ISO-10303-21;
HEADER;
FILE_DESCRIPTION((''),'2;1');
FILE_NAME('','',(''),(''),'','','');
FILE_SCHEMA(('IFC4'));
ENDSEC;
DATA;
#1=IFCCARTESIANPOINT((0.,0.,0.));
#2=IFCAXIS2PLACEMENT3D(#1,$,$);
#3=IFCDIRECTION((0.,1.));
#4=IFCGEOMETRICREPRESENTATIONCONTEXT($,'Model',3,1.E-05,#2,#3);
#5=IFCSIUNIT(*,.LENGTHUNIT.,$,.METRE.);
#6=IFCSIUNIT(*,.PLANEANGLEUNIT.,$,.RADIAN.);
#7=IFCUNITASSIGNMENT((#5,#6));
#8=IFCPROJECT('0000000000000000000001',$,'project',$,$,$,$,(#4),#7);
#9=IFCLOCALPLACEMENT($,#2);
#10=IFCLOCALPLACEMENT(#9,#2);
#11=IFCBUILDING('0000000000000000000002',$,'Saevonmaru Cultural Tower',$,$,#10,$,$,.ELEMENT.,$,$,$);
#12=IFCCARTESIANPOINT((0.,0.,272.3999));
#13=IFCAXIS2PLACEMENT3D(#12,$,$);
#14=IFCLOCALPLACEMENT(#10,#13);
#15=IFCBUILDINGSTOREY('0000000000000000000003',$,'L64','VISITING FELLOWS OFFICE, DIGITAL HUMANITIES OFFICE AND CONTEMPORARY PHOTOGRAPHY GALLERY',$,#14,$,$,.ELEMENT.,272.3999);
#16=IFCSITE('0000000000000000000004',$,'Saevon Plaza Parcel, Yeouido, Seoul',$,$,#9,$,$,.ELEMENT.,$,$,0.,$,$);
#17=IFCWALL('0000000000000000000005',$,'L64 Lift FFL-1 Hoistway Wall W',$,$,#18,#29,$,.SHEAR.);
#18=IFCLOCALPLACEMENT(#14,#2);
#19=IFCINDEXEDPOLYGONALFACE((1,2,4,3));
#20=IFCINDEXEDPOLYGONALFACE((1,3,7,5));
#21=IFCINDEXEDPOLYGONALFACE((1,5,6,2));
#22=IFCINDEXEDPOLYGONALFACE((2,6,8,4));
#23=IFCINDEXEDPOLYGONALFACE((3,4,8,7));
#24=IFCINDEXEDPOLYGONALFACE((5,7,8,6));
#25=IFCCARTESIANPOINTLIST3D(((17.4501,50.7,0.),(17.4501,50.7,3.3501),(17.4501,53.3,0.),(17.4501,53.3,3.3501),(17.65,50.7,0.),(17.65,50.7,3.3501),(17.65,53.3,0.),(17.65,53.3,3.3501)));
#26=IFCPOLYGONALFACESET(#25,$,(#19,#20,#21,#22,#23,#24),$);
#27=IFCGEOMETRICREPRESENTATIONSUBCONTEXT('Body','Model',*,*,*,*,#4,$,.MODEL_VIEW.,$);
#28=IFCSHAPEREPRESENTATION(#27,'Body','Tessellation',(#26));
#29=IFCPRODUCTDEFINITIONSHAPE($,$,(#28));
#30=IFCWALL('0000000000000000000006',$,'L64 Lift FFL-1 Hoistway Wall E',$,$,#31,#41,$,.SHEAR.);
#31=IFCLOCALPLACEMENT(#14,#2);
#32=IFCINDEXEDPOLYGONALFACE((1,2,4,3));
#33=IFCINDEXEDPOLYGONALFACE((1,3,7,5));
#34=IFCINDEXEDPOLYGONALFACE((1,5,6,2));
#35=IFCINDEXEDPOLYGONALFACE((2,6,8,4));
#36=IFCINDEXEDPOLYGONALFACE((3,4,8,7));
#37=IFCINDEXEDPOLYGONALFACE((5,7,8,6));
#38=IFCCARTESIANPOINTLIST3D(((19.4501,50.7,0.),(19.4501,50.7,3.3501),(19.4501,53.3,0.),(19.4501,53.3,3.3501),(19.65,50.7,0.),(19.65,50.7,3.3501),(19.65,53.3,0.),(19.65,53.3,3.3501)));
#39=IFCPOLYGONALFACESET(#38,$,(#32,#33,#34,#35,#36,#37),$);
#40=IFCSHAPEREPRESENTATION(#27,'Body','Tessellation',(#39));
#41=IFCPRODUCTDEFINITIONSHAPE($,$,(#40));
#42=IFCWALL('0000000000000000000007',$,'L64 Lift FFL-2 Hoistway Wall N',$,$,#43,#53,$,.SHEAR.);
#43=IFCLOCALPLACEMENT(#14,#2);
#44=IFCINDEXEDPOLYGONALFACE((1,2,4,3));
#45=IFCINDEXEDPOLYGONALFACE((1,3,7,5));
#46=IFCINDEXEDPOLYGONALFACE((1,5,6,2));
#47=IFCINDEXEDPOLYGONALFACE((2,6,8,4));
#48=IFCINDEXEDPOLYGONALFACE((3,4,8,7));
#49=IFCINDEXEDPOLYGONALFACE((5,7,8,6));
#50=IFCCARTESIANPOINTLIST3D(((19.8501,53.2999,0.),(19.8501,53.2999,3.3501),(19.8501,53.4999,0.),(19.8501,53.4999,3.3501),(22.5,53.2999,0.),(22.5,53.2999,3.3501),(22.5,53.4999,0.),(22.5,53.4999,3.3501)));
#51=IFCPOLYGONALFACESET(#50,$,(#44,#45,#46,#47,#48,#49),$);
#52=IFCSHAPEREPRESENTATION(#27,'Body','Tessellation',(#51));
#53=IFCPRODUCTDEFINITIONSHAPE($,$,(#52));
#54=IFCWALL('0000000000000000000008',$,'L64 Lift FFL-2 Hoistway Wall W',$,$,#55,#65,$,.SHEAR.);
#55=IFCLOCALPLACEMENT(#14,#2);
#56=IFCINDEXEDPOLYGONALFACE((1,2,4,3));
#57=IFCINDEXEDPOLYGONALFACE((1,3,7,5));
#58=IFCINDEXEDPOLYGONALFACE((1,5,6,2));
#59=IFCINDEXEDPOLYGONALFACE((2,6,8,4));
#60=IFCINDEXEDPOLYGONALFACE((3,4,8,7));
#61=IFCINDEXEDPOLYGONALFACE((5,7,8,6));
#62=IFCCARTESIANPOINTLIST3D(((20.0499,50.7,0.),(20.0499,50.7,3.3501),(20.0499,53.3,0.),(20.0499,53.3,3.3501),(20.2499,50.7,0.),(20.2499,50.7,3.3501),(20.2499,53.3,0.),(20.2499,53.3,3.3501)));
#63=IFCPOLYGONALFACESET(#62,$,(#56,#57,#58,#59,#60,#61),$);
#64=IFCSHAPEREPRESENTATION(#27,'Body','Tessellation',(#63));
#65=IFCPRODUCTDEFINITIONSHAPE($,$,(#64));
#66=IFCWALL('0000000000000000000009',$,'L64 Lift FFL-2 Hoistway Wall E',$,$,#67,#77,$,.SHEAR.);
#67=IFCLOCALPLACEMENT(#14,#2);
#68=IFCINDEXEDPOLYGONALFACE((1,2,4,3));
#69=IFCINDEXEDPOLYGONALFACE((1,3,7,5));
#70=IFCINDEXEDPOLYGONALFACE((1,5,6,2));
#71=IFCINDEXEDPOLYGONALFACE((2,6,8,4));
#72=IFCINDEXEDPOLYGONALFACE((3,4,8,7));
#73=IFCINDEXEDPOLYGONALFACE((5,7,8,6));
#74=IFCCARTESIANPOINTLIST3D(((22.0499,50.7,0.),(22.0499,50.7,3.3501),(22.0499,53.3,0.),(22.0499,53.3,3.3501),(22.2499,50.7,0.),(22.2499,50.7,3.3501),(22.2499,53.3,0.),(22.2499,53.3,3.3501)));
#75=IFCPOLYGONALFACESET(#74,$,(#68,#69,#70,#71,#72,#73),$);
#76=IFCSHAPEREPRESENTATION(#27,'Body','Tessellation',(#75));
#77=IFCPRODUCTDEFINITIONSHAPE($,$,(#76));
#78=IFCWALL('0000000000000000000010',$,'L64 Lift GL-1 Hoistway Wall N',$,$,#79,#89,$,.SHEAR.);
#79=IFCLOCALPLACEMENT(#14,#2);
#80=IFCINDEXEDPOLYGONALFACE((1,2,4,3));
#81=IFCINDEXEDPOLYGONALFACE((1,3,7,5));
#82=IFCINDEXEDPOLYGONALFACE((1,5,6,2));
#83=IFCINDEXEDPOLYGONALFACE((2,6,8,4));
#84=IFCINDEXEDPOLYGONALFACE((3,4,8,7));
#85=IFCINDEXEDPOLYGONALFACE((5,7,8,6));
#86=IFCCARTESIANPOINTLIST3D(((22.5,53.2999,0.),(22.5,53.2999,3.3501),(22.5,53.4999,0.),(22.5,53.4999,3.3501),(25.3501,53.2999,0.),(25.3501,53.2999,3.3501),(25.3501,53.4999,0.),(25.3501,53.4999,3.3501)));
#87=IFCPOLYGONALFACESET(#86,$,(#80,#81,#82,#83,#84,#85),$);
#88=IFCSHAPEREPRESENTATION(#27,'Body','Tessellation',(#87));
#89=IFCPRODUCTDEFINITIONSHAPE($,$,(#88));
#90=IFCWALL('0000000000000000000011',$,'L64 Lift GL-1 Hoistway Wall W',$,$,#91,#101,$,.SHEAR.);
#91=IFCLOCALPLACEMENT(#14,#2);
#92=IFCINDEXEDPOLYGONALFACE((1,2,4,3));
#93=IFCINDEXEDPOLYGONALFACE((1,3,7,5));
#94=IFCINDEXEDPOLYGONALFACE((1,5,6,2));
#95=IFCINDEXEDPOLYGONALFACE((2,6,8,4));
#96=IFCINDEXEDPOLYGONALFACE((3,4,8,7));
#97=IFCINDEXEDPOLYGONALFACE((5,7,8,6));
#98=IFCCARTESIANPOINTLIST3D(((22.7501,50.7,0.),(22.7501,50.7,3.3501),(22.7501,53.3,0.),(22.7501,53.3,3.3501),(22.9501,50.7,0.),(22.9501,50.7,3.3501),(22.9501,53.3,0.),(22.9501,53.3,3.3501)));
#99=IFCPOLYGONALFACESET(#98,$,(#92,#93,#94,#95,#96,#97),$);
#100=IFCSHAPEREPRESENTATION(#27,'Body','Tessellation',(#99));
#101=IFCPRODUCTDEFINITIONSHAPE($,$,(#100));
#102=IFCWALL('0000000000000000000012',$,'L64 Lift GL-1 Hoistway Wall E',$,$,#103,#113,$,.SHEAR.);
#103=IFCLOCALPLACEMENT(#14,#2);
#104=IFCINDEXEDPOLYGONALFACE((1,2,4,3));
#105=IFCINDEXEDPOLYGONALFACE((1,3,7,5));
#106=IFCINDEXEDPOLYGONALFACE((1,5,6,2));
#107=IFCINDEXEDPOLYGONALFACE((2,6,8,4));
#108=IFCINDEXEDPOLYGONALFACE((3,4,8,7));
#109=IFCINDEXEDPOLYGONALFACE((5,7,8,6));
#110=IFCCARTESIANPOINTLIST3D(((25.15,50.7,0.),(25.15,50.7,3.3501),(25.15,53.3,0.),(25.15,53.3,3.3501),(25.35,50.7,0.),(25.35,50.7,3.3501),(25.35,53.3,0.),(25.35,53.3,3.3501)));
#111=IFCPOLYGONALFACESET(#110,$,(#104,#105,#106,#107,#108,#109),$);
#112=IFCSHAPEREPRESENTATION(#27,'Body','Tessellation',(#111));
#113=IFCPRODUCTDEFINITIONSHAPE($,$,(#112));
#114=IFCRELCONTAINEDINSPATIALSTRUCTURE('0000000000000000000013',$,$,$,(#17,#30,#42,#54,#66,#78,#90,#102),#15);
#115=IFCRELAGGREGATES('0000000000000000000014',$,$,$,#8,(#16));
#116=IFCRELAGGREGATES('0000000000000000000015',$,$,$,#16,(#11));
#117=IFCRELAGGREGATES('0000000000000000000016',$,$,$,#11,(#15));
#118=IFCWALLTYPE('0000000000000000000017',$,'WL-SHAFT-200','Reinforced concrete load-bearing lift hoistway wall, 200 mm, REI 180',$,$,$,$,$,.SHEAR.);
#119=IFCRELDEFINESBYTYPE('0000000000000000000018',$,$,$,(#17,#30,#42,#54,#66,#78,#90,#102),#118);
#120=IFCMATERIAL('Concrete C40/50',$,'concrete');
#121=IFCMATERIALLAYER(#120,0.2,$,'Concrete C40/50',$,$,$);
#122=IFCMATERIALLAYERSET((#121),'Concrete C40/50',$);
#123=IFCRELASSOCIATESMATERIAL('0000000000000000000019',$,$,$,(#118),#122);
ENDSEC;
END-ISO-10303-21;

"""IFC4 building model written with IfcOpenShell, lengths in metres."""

from ifc_helpers import new_model, si_unit, direction, frame, frame_2d, origin, place, context, subcontext, project, spatial, rectangle, extrude, material, layer, layer_set, type_object, element, save


model = new_model("IFC4")

# Units and contexts
model_context = context("Model", 3, precision=1e-05, world=origin(), true_north=direction((0.0, 1.0)))
body_context = subcontext(model_context, "Body", "Model", "MODEL_VIEW")
ifc_project = project(units=[si_unit("LENGTHUNIT", "METRE"), si_unit("PLANEANGLEUNIT", "RADIAN")], contexts=[model_context])

# Site, building, storey
site_placement = place(None, origin())
site = spatial("IfcSite", under=ifc_project, at=site_placement, Name="Saevon Plaza Parcel, Yeouido, Seoul", CompositionType="ELEMENT", RefElevation=0.0)
building_placement = place(site_placement, origin())
building = spatial("IfcBuilding", under=site, at=building_placement, Name="Saevonmaru Cultural Tower", CompositionType="ELEMENT")
storey_placement = place(building_placement, frame((0.0, 0.0, 272.3999)))
storey = spatial("IfcBuildingStorey", under=building, at=storey_placement, Name="L64", Description="VISITING FELLOWS OFFICE, DIGITAL HUMANITIES OFFICE AND CONTEMPORARY PHOTOGRAPHY GALLERY", CompositionType="ELEMENT", Elevation=272.3999)

# Walls
ifc_material_1 = material(Name="Concrete C40/50", Category="concrete")
ifc_layer_1 = layer(ifc_material_1, 0.2, Name="Concrete C40/50")
ifc_layer_set_1 = layer_set([ifc_layer_1], Name="Concrete C40/50")
wall_type_1 = type_object("IfcWallType", Name="WL-SHAFT-200", Description="Reinforced concrete load-bearing lift hoistway wall, 200 mm, REI 180", PredefinedType="SHEAR", material=ifc_layer_set_1)
for number, where, z_axis, x_axis, name in (
    (1, (17.55, 50.7, 0.0), (0.0, 0.0, 1.0), (0.0, 1.0, 0.0), "L64 Lift FFL-1 Hoistway Wall W"),
    (2, (19.55, 50.7, 0.0), (0.0, 0.0, 1.0), (0.0, 1.0, 0.0), "L64 Lift FFL-1 Hoistway Wall E"),
):
    element("IfcWall", number, at=place(storey_placement, frame(where, z_axis=z_axis, x_axis=x_axis)), inside=storey, type_object=wall_type_1, Name=name, PredefinedType="SHEAR", context=body_context, shape_type="SweptSolid", body=[
        extrude(rectangle(XDim=2.6001, YDim=0.2, at=frame_2d((1.3, 0.0))), origin(), (0.0, 0.0, 1.0), 3.3501),
    ])
wall_1_placement = place(storey_placement, frame((19.8501, 53.3999, 0.0), z_axis=(0.0, 0.0, 1.0), x_axis=(1.0, 0.0, 0.0)))
element("IfcWall", 3, at=wall_1_placement, inside=storey, type_object=wall_type_1, Name="L64 Lift FFL-2 Hoistway Wall N", PredefinedType="SHEAR", context=body_context, shape_type="SweptSolid", body=[
    extrude(rectangle(XDim=2.6499, YDim=0.2, at=frame_2d((1.325, 0.0))), origin(), (0.0, 0.0, 1.0), 3.3501),
])
for number, where, z_axis, x_axis, name in (
    (4, (20.1499, 50.7, 0.0), (0.0, 0.0, 1.0), (0.0, 1.0, 0.0), "L64 Lift FFL-2 Hoistway Wall W"),
    (5, (22.1499, 50.7, 0.0), (0.0, 0.0, 1.0), (0.0, 1.0, 0.0), "L64 Lift FFL-2 Hoistway Wall E"),
):
    element("IfcWall", number, at=place(storey_placement, frame(where, z_axis=z_axis, x_axis=x_axis)), inside=storey, type_object=wall_type_1, Name=name, PredefinedType="SHEAR", context=body_context, shape_type="SweptSolid", body=[
        extrude(rectangle(XDim=2.6001, YDim=0.2, at=frame_2d((1.3, 0.0))), origin(), (0.0, 0.0, 1.0), 3.3501),
    ])
wall_2_placement = place(storey_placement, frame((22.5, 53.3999, 0.0), z_axis=(0.0, 0.0, 1.0), x_axis=(1.0, 0.0, 0.0)))
element("IfcWall", 6, at=wall_2_placement, inside=storey, type_object=wall_type_1, Name="L64 Lift GL-1 Hoistway Wall N", PredefinedType="SHEAR", context=body_context, shape_type="SweptSolid", body=[
    extrude(rectangle(XDim=2.8501, YDim=0.2, at=frame_2d((1.425, 0.0))), origin(), (0.0, 0.0, 1.0), 3.3501),
])
for number, where, z_axis, x_axis, name in (
    (7, (22.8501, 50.7, 0.0), (0.0, 0.0, 1.0), (0.0, 1.0, 0.0), "L64 Lift GL-1 Hoistway Wall W"),
    (8, (25.25, 50.7, 0.0), (0.0, 0.0, 1.0), (0.0, 1.0, 0.0), "L64 Lift GL-1 Hoistway Wall E"),
):
    element("IfcWall", number, at=place(storey_placement, frame(where, z_axis=z_axis, x_axis=x_axis)), inside=storey, type_object=wall_type_1, Name=name, PredefinedType="SHEAR", context=body_context, shape_type="SweptSolid", body=[
        extrude(rectangle(XDim=2.6001, YDim=0.2, at=frame_2d((1.3, 0.0))), origin(), (0.0, 0.0, 1.0), 3.3501),
    ])

save(model, "model.ifc")
